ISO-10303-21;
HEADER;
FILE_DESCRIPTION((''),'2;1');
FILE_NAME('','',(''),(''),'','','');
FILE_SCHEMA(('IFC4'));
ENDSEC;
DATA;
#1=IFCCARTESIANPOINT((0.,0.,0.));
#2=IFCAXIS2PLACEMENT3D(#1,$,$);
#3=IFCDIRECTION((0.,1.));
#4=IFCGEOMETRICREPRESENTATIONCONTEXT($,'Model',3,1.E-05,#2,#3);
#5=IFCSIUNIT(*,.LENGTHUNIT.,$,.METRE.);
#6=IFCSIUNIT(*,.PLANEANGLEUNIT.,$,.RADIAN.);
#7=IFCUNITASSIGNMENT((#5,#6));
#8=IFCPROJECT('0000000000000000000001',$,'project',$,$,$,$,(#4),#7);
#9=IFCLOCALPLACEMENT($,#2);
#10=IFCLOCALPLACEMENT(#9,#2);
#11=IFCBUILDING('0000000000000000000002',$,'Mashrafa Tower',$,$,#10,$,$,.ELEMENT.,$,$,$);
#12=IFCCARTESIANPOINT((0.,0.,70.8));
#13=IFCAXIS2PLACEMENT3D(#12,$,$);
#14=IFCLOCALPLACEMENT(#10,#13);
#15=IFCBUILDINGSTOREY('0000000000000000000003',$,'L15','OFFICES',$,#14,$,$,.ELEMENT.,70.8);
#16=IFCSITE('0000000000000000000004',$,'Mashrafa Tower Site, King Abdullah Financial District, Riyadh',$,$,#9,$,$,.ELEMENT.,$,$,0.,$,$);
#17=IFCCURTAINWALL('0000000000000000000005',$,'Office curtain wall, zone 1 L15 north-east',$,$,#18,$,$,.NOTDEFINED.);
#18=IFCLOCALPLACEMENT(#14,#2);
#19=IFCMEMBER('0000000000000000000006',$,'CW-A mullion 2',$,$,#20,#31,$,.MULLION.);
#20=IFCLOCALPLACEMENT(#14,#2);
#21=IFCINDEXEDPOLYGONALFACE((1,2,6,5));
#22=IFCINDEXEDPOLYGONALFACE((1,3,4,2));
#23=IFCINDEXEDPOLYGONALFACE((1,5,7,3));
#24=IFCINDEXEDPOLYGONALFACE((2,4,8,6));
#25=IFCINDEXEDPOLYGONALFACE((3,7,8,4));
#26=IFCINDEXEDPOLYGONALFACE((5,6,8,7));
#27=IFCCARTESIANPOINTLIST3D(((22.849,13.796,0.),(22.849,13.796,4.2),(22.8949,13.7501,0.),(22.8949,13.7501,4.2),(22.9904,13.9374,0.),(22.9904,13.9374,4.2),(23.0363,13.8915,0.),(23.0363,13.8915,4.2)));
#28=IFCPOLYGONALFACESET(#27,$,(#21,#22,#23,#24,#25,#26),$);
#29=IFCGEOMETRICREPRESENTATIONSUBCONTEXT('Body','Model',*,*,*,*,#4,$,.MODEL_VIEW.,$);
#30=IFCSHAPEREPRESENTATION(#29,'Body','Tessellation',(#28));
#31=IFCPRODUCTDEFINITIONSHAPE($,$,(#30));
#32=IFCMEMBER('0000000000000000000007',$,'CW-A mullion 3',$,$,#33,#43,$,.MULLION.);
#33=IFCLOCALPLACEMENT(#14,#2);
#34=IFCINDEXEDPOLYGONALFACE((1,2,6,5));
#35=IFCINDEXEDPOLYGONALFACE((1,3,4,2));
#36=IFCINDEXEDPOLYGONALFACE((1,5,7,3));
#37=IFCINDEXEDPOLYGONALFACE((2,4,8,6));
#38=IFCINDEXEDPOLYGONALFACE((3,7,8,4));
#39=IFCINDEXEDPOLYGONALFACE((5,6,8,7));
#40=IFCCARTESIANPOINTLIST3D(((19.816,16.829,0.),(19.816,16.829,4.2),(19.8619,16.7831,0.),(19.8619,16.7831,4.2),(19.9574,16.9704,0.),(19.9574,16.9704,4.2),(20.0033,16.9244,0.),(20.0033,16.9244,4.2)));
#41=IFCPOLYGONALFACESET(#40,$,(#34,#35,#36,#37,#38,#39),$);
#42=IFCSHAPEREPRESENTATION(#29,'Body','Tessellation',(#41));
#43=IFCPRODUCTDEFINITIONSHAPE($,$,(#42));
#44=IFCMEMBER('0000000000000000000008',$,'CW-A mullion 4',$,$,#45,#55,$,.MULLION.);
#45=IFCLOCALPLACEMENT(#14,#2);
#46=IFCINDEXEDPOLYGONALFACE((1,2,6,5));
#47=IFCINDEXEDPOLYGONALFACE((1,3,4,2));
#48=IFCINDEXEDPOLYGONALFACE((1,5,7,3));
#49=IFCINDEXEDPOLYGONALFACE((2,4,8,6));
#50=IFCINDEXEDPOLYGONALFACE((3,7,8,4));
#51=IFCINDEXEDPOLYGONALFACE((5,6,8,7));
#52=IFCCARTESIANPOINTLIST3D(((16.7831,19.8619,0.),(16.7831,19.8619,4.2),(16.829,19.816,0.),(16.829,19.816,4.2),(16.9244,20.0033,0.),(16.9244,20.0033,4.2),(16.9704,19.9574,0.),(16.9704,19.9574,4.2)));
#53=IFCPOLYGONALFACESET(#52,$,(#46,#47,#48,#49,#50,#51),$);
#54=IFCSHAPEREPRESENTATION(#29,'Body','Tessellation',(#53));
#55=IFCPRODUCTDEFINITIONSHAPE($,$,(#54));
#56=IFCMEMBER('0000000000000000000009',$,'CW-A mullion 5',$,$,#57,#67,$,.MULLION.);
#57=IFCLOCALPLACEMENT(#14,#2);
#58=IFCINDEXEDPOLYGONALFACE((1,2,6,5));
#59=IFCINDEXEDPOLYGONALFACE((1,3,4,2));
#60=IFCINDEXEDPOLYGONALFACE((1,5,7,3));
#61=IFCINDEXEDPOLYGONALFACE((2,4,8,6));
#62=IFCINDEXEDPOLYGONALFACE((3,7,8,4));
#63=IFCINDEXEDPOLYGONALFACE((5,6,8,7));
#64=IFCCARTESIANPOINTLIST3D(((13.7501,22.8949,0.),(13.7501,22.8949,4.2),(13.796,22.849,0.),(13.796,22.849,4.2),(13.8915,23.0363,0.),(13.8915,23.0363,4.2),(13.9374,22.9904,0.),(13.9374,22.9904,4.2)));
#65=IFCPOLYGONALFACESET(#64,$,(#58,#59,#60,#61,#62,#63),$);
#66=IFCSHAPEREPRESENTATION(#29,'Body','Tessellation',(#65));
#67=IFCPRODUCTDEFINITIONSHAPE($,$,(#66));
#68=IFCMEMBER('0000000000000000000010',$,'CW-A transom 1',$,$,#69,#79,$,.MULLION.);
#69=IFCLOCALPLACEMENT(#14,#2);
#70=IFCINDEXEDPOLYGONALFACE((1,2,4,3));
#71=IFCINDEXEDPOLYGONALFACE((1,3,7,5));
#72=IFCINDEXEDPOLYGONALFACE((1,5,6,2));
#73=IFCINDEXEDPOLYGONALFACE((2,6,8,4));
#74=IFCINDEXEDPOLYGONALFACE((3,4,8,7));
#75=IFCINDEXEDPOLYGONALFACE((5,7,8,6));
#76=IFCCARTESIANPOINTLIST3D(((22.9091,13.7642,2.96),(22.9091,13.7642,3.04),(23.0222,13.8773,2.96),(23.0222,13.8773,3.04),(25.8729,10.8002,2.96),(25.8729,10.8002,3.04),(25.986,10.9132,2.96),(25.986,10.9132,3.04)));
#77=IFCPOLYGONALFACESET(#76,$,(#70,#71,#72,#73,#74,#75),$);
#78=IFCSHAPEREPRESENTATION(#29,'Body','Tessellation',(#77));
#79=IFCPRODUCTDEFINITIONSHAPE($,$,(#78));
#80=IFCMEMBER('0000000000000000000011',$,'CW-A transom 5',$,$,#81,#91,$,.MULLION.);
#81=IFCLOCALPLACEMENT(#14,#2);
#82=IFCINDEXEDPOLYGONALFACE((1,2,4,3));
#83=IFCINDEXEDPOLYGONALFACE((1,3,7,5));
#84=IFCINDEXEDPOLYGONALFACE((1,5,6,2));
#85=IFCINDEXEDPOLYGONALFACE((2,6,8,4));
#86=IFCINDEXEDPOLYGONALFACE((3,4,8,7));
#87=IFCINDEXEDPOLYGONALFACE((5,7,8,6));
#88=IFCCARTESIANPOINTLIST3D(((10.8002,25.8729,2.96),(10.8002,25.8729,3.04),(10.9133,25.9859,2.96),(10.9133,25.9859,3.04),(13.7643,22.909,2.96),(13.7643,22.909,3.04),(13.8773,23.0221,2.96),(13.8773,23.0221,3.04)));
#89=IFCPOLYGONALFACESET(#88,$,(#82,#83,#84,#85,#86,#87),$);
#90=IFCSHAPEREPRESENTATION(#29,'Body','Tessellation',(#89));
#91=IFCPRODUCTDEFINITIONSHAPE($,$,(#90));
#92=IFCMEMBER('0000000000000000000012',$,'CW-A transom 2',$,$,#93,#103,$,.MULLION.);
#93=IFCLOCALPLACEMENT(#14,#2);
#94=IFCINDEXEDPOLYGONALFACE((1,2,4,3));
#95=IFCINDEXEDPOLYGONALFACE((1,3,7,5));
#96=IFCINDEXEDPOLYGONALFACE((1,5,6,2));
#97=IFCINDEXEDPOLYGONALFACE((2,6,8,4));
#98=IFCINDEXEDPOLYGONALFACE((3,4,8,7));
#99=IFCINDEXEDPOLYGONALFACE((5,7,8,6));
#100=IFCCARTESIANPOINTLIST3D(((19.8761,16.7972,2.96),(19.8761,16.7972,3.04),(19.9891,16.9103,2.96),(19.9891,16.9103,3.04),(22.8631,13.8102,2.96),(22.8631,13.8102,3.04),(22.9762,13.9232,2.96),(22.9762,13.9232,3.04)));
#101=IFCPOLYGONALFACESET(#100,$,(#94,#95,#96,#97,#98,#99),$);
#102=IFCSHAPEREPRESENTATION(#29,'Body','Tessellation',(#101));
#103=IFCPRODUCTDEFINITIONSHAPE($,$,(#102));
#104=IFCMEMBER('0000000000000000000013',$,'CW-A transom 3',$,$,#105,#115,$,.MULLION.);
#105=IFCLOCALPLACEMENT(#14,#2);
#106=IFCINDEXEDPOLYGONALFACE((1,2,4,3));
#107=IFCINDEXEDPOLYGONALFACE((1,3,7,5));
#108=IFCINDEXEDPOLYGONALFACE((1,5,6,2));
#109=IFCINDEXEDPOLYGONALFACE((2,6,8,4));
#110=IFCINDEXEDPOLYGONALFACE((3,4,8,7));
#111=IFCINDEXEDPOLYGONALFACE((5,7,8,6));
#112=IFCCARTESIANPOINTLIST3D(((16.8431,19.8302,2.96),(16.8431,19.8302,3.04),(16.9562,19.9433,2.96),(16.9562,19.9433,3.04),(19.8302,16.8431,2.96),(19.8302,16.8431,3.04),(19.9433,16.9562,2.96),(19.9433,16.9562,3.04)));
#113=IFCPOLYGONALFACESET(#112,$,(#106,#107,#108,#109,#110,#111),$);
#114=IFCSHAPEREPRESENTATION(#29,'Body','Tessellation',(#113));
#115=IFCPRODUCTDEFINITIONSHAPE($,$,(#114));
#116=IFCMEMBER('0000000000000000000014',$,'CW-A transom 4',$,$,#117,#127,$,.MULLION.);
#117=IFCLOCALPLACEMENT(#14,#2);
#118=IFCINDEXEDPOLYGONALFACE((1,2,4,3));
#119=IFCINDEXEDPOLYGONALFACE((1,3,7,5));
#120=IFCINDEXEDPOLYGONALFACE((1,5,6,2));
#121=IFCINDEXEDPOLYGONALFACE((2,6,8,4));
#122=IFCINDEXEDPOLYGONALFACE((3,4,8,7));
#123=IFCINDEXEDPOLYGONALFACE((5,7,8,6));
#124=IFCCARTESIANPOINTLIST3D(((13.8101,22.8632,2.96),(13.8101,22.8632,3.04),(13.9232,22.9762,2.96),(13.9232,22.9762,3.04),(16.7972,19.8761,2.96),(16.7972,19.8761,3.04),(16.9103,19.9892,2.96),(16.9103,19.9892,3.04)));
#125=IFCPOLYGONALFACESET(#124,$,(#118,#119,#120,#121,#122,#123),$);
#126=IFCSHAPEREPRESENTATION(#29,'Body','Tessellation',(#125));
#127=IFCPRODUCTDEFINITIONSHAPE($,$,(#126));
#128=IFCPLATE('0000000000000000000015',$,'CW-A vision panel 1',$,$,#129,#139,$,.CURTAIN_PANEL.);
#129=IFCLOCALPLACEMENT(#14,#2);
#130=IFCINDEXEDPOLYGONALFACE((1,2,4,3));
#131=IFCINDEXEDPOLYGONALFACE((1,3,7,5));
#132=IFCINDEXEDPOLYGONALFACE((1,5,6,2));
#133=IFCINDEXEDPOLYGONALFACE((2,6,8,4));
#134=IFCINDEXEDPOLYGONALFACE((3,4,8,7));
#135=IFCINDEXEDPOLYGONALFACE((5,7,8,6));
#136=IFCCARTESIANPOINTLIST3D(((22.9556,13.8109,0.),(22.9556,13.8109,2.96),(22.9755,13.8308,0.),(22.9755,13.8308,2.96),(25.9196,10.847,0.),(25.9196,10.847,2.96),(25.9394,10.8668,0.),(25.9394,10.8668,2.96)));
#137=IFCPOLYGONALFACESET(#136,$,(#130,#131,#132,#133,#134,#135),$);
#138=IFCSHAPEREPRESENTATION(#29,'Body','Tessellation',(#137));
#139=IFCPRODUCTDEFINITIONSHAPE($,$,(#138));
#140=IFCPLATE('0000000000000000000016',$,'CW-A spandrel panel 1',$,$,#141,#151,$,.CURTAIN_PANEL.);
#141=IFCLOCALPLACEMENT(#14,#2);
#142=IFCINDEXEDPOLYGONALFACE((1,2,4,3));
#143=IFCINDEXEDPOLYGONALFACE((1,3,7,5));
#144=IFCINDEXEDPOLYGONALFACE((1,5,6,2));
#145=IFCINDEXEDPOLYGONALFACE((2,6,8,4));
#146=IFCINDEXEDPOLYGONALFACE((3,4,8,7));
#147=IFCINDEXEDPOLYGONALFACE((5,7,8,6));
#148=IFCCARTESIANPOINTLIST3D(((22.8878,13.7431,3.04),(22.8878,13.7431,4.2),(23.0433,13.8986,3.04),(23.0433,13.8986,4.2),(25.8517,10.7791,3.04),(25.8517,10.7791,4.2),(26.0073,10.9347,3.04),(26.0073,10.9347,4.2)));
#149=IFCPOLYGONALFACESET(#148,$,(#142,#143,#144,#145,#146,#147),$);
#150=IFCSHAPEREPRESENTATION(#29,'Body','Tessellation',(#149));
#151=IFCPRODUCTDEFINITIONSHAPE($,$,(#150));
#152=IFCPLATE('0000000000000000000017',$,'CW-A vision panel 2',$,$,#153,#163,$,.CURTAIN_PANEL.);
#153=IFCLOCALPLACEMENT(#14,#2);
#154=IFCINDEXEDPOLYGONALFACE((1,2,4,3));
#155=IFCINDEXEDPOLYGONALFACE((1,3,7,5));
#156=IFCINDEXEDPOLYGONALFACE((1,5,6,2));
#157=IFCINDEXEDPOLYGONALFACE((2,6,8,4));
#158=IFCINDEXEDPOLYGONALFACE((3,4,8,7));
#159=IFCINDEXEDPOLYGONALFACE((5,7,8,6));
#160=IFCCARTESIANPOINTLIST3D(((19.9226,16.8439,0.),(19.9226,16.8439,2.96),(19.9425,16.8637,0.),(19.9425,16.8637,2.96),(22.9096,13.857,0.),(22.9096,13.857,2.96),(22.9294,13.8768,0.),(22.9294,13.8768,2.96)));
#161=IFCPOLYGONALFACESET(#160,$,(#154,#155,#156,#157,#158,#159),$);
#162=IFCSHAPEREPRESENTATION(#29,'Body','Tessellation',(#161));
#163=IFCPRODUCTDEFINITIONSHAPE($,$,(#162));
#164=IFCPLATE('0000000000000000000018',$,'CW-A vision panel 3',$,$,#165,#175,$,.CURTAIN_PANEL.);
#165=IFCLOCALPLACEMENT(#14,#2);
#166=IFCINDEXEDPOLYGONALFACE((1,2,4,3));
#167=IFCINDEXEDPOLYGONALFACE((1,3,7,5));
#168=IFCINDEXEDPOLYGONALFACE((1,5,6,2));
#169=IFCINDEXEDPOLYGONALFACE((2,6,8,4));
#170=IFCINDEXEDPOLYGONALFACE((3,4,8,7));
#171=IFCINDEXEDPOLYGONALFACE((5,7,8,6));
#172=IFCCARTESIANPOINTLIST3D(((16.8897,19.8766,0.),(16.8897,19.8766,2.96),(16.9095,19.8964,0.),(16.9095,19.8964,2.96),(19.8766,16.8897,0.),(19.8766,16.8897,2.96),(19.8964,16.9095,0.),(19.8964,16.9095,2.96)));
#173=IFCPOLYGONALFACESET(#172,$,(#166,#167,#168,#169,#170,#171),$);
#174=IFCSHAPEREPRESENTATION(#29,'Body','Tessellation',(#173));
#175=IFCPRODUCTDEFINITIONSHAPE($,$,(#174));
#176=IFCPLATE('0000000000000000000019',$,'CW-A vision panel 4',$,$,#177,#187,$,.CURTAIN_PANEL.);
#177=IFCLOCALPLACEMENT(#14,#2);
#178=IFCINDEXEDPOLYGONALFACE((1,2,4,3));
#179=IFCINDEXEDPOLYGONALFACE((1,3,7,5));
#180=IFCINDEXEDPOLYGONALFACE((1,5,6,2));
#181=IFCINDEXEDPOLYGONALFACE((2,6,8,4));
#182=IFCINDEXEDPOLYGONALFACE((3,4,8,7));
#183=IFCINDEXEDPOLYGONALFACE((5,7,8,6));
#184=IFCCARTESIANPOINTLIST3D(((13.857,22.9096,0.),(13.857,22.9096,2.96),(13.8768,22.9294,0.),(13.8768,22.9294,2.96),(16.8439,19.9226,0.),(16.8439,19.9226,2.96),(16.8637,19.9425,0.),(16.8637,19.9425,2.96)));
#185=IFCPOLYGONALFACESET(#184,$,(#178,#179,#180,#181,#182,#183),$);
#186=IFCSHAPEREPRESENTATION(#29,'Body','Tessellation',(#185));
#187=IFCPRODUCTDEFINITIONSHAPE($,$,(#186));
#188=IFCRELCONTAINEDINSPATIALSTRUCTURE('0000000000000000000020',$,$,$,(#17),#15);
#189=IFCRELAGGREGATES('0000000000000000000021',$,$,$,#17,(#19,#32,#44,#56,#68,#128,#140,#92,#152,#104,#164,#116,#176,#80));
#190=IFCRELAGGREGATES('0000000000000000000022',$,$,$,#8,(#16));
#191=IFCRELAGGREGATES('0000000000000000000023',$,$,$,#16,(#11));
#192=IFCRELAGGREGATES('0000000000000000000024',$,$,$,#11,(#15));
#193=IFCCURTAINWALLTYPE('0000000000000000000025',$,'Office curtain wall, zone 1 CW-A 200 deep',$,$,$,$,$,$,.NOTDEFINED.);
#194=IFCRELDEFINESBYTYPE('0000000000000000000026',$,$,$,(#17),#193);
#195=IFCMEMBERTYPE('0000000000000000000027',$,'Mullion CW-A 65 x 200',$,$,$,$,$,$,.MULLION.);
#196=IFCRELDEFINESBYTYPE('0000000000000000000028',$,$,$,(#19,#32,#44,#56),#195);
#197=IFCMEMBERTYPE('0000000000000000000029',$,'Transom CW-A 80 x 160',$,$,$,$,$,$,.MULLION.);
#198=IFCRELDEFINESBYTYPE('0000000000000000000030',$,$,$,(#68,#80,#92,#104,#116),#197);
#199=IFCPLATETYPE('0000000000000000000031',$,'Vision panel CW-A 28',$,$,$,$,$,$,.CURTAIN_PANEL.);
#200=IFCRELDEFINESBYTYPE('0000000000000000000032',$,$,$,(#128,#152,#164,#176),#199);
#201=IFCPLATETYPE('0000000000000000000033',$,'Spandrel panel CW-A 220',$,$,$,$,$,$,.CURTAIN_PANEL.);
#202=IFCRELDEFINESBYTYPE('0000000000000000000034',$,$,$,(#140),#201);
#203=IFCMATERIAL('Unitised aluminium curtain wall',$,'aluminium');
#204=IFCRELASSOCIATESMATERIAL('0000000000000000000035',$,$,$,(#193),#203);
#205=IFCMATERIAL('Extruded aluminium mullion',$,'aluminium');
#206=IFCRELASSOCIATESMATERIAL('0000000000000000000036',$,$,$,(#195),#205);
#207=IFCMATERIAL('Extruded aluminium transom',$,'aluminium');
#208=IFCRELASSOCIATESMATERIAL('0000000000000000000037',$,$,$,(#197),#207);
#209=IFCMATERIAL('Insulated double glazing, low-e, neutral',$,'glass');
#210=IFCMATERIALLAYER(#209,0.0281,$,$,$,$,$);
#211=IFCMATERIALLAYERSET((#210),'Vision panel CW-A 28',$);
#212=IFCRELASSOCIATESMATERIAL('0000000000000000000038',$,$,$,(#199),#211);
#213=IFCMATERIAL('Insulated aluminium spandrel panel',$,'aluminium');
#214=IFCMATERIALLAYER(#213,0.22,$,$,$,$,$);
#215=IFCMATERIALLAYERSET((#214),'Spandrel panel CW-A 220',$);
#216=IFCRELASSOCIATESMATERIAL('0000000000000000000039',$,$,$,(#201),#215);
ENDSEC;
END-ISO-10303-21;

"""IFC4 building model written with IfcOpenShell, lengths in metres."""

from ifc_helpers import new_model, si_unit, direction, frame, origin, origin_2d, place, context, subcontext, project, spatial, rectangle, extrude, source, transform, mapped, material, layer, layer_set, material_profile, profile_set, type_object, type_shapes, element, aggregate, save


model = new_model("IFC4")

# Units and contexts
model_context = context("Model", 3, precision=1e-05, world=origin(), true_north=direction((0.0, 1.0)))
body_context = subcontext(model_context, "Body", "Model", "MODEL_VIEW")
ifc_project = project(units=[si_unit("LENGTHUNIT", "METRE"), si_unit("PLANEANGLEUNIT", "RADIAN")], contexts=[model_context])

# Site, building, storey
site_placement = place(None, origin())
site = spatial("IfcSite", under=ifc_project, at=site_placement, Name="Mashrafa Tower Site, King Abdullah Financial District, Riyadh", CompositionType="ELEMENT", RefElevation=0.0)
building_placement = place(site_placement, origin())
building = spatial("IfcBuilding", under=site, at=building_placement, Name="Mashrafa Tower", CompositionType="ELEMENT")
storey_placement = place(building_placement, frame((0.0, 0.0, 70.8)))
storey = spatial("IfcBuildingStorey", under=building, at=storey_placement, Name="L15", Description="OFFICES", CompositionType="ELEMENT", Elevation=70.8)

# Shared definitions
ifc_material_1 = material(Name="Unitised aluminium curtain wall", Category="aluminium")
curtain_wall_type = type_object("IfcCurtainWallType", Name="Office curtain wall, zone 1 CW-A 200 deep", PredefinedType="NOTDEFINED", material=ifc_material_1)
ifc_material_2 = material(Name="Extruded aluminium mullion", Category="aluminium")
ifc_material_profile_1 = material_profile(ifc_material_2, rectangle(XDim=0.2, YDim=0.0649, at=origin_2d()), Name="Mullion 65x200")
ifc_profile_set_1 = profile_set([ifc_material_profile_1], Name="Extruded aluminium mullion")
member_type_1 = type_object("IfcMemberType", Name="Mullion CW-A 65 x 200", PredefinedType="MULLION", material=ifc_profile_set_1)
shared_shape_1 = source(origin(), body_context, "Body", "SweptSolid", [
    extrude(rectangle(XDim=0.2, YDim=0.0649, at=origin_2d()), origin(), (0.0, 0.0, 1.0), 4.2),
])
type_shapes(member_type_1, [shared_shape_1])

# Curtain wall, members, plates
curtain_wall_1_placement = place(storey_placement, origin())
curtain_wall_1 = element("IfcCurtainWall", 1, at=curtain_wall_1_placement, inside=storey, type_object=curtain_wall_type, Name="Office curtain wall, zone 1 L15 north-east", PredefinedType="NOTDEFINED")
member_1_placement = place(storey_placement, frame((22.9426, 13.8438, 0.0), z_axis=(0.0, 0.0, 1.0), x_axis=(-0.707107, -0.707107, 0.0)))
member_1 = element("IfcMember", 2, at=member_1_placement, type_object=member_type_1, Name="CW-A mullion 2", PredefinedType="MULLION", context=body_context, shape_type="MappedRepresentation", body=[
    mapped(shared_shape_1, transform((0.0, 0.0, 0.0))),
])
member_2_placement = place(storey_placement, frame((19.9097, 16.8767, 0.0), z_axis=(0.0, 0.0, 1.0), x_axis=(-0.707107, -0.707107, 0.0)))
member_2 = element("IfcMember", 3, at=member_2_placement, type_object=member_type_1, Name="CW-A mullion 3", PredefinedType="MULLION", context=body_context, shape_type="MappedRepresentation", body=[
    mapped(shared_shape_1, transform((0.0, 0.0, 0.0))),
])
member_3_placement = place(storey_placement, frame((16.8767, 19.9097, 0.0), z_axis=(0.0, 0.0, 1.0), x_axis=(-0.707107, -0.707107, 0.0)))
member_3 = element("IfcMember", 4, at=member_3_placement, type_object=member_type_1, Name="CW-A mullion 4", PredefinedType="MULLION", context=body_context, shape_type="MappedRepresentation", body=[
    mapped(shared_shape_1, transform((0.0, 0.0, 0.0))),
])
member_4_placement = place(storey_placement, frame((13.8438, 22.9426, 0.0), z_axis=(0.0, 0.0, 1.0), x_axis=(-0.707107, -0.707107, 0.0)))
member_4 = element("IfcMember", 5, at=member_4_placement, type_object=member_type_1, Name="CW-A mullion 5", PredefinedType="MULLION", context=body_context, shape_type="MappedRepresentation", body=[
    mapped(shared_shape_1, transform((0.0, 0.0, 0.0))),
])
ifc_material_3 = material(Name="Extruded aluminium transom", Category="aluminium")
ifc_material_profile_2 = material_profile(ifc_material_3, rectangle(XDim=0.1599, YDim=0.0801, at=origin_2d()), Name="Transom 80x160")
ifc_profile_set_2 = profile_set([ifc_material_profile_2], Name="Extruded aluminium transom")
member_type_2 = type_object("IfcMemberType", Name="Transom CW-A 80 x 160", PredefinedType="MULLION", material=ifc_profile_set_2)
shared_shape_2 = source(origin(), body_context, "Body", "SweptSolid", [
    extrude(rectangle(XDim=0.1599, YDim=0.0801, at=origin_2d()), origin(), (0.0, 0.0, 1.0), 4.1917),
])
member_5_placement = place(storey_placement, frame((25.9294, 10.8567, 3.0), z_axis=(-0.707078, 0.707136, 0.0), x_axis=(-0.707136, -0.707078, 0.0)))
member_5 = element("IfcMember", 6, at=member_5_placement, type_object=member_type_2, Name="CW-A transom 1", PredefinedType="MULLION", context=body_context, shape_type="MappedRepresentation", body=[
    mapped(shared_shape_2, transform((0.0, 0.0, 0.0))),
])
member_6_placement = place(storey_placement, frame((13.8208, 22.9656, 3.0), z_axis=(-0.707136, 0.707078, 0.0), x_axis=(-0.707078, -0.707136, 0.0)))
member_6 = element("IfcMember", 7, at=member_6_placement, type_object=member_type_2, Name="CW-A transom 5", PredefinedType="MULLION", context=body_context, shape_type="MappedRepresentation", body=[
    mapped(shared_shape_2, transform((0.0, 0.0, 0.0))),
])
shared_shape_3 = source(origin(), body_context, "Body", "SweptSolid", [
    extrude(rectangle(XDim=0.1599, YDim=0.0801, at=origin_2d()), origin(), (0.0, 0.0, 1.0), 4.2244),
])
type_shapes(member_type_2, [shared_shape_2, shared_shape_3])
member_7_placement = place(storey_placement, frame((22.9197, 13.8667, 3.0), z_axis=(-0.707107, 0.707107, 0.0), x_axis=(-0.707107, -0.707107, 0.0)))
member_7 = element("IfcMember", 8, at=member_7_placement, type_object=member_type_2, Name="CW-A transom 2", PredefinedType="MULLION", context=body_context, shape_type="MappedRepresentation", body=[
    mapped(shared_shape_3, transform((0.0, 0.0, 0.0))),
])
member_8_placement = place(storey_placement, frame((19.8867, 16.8997, 3.0), z_axis=(-0.707107, 0.707107, 0.0), x_axis=(-0.707107, -0.707107, 0.0)))
member_8 = element("IfcMember", 9, at=member_8_placement, type_object=member_type_2, Name="CW-A transom 3", PredefinedType="MULLION", context=body_context, shape_type="MappedRepresentation", body=[
    mapped(shared_shape_3, transform((0.0, 0.0, 0.0))),
])
member_9_placement = place(storey_placement, frame((16.8538, 19.9326, 3.0), z_axis=(-0.707107, 0.707107, 0.0), x_axis=(-0.707107, -0.707107, 0.0)))
member_9 = element("IfcMember", 10, at=member_9_placement, type_object=member_type_2, Name="CW-A transom 4", PredefinedType="MULLION", context=body_context, shape_type="MappedRepresentation", body=[
    mapped(shared_shape_3, transform((0.0, 0.0, 0.0))),
])
ifc_material_4 = material(Name="Insulated double glazing, low-e, neutral", Category="glass")
ifc_layer_1 = layer(ifc_material_4, 0.0281)
ifc_layer_set_1 = layer_set([ifc_layer_1], Name="Vision panel CW-A 28")
plate_type_1 = type_object("IfcPlateType", Name="Vision panel CW-A 28", PredefinedType="CURTAIN_PANEL", material=ifc_layer_set_1)
shared_shape_4 = source(origin(), body_context, "Body", "SweptSolid", [
    extrude(rectangle(XDim=4.1917, YDim=0.0281, at=origin_2d()), origin(), (0.0, 0.0, 1.0), 2.96),
])
plate_1_placement = place(storey_placement, frame((24.4475, 12.3389, 0.0), z_axis=(0.0, 0.0, 1.0), x_axis=(-0.707107, 0.707107, 0.0)))
plate_1 = element("IfcPlate", 11, at=plate_1_placement, type_object=plate_type_1, Name="CW-A vision panel 1", PredefinedType="CURTAIN_PANEL", context=body_context, shape_type="MappedRepresentation", body=[
    mapped(shared_shape_4, transform((0.0, 0.0, 0.0))),
])
ifc_material_5 = material(Name="Insulated aluminium spandrel panel", Category="aluminium")
ifc_layer_2 = layer(ifc_material_5, 0.22)
ifc_layer_set_2 = layer_set([ifc_layer_2], Name="Spandrel panel CW-A 220")
plate_type_2 = type_object("IfcPlateType", Name="Spandrel panel CW-A 220", PredefinedType="CURTAIN_PANEL", material=ifc_layer_set_2)
shared_shape_5 = source(origin(), body_context, "Body", "SweptSolid", [
    extrude(rectangle(XDim=4.1917, YDim=0.22, at=origin_2d()), origin(), (0.0, 0.0, 1.0), 1.1599),
])
plate_2_placement = place(storey_placement, frame((24.4475, 12.3389, 3.04), z_axis=(0.0, 0.0, 1.0), x_axis=(-0.707107, 0.707107, 0.0)))
plate_2 = element("IfcPlate", 12, at=plate_2_placement, type_object=plate_type_2, Name="CW-A spandrel panel 1", PredefinedType="CURTAIN_PANEL", context=body_context, shape_type="MappedRepresentation", body=[
    mapped(shared_shape_5, transform((0.0, 0.0, 0.0))),
])
shared_shape_6 = source(origin(), body_context, "Body", "SweptSolid", [
    extrude(rectangle(XDim=4.2241, YDim=0.0281, at=origin_2d()), origin(), (0.0, 0.0, 1.0), 2.96),
])
type_shapes(plate_type_1, [shared_shape_4, shared_shape_6])
plate_3_placement = place(storey_placement, frame((21.426, 15.3604, 0.0), z_axis=(0.0, 0.0, 1.0), x_axis=(-0.707107, 0.707107, 0.0)))
plate_3 = element("IfcPlate", 13, at=plate_3_placement, type_object=plate_type_1, Name="CW-A vision panel 2", PredefinedType="CURTAIN_PANEL", context=body_context, shape_type="MappedRepresentation", body=[
    mapped(shared_shape_6, transform((0.0, 0.0, 0.0))),
])
plate_4_placement = place(storey_placement, frame((18.3931, 18.3931, 0.0), z_axis=(0.0, 0.0, 1.0), x_axis=(-0.707107, 0.707107, 0.0)))
plate_4 = element("IfcPlate", 14, at=plate_4_placement, type_object=plate_type_1, Name="CW-A vision panel 3", PredefinedType="CURTAIN_PANEL", context=body_context, shape_type="MappedRepresentation", body=[
    mapped(shared_shape_6, transform((0.0, 0.0, 0.0))),
])
plate_5_placement = place(storey_placement, frame((15.3604, 21.426, 0.0), z_axis=(0.0, 0.0, 1.0), x_axis=(-0.707107, 0.707107, 0.0)))
plate_5 = element("IfcPlate", 15, at=plate_5_placement, type_object=plate_type_1, Name="CW-A vision panel 4", PredefinedType="CURTAIN_PANEL", context=body_context, shape_type="MappedRepresentation", body=[
    mapped(shared_shape_6, transform((0.0, 0.0, 0.0))),
])
aggregate(curtain_wall_1, [member_1, member_2, member_3, member_4, member_5, plate_1, plate_2, member_7, plate_3, member_8, plate_4, member_9, plate_5, member_6])

save(model, "model.ifc")
